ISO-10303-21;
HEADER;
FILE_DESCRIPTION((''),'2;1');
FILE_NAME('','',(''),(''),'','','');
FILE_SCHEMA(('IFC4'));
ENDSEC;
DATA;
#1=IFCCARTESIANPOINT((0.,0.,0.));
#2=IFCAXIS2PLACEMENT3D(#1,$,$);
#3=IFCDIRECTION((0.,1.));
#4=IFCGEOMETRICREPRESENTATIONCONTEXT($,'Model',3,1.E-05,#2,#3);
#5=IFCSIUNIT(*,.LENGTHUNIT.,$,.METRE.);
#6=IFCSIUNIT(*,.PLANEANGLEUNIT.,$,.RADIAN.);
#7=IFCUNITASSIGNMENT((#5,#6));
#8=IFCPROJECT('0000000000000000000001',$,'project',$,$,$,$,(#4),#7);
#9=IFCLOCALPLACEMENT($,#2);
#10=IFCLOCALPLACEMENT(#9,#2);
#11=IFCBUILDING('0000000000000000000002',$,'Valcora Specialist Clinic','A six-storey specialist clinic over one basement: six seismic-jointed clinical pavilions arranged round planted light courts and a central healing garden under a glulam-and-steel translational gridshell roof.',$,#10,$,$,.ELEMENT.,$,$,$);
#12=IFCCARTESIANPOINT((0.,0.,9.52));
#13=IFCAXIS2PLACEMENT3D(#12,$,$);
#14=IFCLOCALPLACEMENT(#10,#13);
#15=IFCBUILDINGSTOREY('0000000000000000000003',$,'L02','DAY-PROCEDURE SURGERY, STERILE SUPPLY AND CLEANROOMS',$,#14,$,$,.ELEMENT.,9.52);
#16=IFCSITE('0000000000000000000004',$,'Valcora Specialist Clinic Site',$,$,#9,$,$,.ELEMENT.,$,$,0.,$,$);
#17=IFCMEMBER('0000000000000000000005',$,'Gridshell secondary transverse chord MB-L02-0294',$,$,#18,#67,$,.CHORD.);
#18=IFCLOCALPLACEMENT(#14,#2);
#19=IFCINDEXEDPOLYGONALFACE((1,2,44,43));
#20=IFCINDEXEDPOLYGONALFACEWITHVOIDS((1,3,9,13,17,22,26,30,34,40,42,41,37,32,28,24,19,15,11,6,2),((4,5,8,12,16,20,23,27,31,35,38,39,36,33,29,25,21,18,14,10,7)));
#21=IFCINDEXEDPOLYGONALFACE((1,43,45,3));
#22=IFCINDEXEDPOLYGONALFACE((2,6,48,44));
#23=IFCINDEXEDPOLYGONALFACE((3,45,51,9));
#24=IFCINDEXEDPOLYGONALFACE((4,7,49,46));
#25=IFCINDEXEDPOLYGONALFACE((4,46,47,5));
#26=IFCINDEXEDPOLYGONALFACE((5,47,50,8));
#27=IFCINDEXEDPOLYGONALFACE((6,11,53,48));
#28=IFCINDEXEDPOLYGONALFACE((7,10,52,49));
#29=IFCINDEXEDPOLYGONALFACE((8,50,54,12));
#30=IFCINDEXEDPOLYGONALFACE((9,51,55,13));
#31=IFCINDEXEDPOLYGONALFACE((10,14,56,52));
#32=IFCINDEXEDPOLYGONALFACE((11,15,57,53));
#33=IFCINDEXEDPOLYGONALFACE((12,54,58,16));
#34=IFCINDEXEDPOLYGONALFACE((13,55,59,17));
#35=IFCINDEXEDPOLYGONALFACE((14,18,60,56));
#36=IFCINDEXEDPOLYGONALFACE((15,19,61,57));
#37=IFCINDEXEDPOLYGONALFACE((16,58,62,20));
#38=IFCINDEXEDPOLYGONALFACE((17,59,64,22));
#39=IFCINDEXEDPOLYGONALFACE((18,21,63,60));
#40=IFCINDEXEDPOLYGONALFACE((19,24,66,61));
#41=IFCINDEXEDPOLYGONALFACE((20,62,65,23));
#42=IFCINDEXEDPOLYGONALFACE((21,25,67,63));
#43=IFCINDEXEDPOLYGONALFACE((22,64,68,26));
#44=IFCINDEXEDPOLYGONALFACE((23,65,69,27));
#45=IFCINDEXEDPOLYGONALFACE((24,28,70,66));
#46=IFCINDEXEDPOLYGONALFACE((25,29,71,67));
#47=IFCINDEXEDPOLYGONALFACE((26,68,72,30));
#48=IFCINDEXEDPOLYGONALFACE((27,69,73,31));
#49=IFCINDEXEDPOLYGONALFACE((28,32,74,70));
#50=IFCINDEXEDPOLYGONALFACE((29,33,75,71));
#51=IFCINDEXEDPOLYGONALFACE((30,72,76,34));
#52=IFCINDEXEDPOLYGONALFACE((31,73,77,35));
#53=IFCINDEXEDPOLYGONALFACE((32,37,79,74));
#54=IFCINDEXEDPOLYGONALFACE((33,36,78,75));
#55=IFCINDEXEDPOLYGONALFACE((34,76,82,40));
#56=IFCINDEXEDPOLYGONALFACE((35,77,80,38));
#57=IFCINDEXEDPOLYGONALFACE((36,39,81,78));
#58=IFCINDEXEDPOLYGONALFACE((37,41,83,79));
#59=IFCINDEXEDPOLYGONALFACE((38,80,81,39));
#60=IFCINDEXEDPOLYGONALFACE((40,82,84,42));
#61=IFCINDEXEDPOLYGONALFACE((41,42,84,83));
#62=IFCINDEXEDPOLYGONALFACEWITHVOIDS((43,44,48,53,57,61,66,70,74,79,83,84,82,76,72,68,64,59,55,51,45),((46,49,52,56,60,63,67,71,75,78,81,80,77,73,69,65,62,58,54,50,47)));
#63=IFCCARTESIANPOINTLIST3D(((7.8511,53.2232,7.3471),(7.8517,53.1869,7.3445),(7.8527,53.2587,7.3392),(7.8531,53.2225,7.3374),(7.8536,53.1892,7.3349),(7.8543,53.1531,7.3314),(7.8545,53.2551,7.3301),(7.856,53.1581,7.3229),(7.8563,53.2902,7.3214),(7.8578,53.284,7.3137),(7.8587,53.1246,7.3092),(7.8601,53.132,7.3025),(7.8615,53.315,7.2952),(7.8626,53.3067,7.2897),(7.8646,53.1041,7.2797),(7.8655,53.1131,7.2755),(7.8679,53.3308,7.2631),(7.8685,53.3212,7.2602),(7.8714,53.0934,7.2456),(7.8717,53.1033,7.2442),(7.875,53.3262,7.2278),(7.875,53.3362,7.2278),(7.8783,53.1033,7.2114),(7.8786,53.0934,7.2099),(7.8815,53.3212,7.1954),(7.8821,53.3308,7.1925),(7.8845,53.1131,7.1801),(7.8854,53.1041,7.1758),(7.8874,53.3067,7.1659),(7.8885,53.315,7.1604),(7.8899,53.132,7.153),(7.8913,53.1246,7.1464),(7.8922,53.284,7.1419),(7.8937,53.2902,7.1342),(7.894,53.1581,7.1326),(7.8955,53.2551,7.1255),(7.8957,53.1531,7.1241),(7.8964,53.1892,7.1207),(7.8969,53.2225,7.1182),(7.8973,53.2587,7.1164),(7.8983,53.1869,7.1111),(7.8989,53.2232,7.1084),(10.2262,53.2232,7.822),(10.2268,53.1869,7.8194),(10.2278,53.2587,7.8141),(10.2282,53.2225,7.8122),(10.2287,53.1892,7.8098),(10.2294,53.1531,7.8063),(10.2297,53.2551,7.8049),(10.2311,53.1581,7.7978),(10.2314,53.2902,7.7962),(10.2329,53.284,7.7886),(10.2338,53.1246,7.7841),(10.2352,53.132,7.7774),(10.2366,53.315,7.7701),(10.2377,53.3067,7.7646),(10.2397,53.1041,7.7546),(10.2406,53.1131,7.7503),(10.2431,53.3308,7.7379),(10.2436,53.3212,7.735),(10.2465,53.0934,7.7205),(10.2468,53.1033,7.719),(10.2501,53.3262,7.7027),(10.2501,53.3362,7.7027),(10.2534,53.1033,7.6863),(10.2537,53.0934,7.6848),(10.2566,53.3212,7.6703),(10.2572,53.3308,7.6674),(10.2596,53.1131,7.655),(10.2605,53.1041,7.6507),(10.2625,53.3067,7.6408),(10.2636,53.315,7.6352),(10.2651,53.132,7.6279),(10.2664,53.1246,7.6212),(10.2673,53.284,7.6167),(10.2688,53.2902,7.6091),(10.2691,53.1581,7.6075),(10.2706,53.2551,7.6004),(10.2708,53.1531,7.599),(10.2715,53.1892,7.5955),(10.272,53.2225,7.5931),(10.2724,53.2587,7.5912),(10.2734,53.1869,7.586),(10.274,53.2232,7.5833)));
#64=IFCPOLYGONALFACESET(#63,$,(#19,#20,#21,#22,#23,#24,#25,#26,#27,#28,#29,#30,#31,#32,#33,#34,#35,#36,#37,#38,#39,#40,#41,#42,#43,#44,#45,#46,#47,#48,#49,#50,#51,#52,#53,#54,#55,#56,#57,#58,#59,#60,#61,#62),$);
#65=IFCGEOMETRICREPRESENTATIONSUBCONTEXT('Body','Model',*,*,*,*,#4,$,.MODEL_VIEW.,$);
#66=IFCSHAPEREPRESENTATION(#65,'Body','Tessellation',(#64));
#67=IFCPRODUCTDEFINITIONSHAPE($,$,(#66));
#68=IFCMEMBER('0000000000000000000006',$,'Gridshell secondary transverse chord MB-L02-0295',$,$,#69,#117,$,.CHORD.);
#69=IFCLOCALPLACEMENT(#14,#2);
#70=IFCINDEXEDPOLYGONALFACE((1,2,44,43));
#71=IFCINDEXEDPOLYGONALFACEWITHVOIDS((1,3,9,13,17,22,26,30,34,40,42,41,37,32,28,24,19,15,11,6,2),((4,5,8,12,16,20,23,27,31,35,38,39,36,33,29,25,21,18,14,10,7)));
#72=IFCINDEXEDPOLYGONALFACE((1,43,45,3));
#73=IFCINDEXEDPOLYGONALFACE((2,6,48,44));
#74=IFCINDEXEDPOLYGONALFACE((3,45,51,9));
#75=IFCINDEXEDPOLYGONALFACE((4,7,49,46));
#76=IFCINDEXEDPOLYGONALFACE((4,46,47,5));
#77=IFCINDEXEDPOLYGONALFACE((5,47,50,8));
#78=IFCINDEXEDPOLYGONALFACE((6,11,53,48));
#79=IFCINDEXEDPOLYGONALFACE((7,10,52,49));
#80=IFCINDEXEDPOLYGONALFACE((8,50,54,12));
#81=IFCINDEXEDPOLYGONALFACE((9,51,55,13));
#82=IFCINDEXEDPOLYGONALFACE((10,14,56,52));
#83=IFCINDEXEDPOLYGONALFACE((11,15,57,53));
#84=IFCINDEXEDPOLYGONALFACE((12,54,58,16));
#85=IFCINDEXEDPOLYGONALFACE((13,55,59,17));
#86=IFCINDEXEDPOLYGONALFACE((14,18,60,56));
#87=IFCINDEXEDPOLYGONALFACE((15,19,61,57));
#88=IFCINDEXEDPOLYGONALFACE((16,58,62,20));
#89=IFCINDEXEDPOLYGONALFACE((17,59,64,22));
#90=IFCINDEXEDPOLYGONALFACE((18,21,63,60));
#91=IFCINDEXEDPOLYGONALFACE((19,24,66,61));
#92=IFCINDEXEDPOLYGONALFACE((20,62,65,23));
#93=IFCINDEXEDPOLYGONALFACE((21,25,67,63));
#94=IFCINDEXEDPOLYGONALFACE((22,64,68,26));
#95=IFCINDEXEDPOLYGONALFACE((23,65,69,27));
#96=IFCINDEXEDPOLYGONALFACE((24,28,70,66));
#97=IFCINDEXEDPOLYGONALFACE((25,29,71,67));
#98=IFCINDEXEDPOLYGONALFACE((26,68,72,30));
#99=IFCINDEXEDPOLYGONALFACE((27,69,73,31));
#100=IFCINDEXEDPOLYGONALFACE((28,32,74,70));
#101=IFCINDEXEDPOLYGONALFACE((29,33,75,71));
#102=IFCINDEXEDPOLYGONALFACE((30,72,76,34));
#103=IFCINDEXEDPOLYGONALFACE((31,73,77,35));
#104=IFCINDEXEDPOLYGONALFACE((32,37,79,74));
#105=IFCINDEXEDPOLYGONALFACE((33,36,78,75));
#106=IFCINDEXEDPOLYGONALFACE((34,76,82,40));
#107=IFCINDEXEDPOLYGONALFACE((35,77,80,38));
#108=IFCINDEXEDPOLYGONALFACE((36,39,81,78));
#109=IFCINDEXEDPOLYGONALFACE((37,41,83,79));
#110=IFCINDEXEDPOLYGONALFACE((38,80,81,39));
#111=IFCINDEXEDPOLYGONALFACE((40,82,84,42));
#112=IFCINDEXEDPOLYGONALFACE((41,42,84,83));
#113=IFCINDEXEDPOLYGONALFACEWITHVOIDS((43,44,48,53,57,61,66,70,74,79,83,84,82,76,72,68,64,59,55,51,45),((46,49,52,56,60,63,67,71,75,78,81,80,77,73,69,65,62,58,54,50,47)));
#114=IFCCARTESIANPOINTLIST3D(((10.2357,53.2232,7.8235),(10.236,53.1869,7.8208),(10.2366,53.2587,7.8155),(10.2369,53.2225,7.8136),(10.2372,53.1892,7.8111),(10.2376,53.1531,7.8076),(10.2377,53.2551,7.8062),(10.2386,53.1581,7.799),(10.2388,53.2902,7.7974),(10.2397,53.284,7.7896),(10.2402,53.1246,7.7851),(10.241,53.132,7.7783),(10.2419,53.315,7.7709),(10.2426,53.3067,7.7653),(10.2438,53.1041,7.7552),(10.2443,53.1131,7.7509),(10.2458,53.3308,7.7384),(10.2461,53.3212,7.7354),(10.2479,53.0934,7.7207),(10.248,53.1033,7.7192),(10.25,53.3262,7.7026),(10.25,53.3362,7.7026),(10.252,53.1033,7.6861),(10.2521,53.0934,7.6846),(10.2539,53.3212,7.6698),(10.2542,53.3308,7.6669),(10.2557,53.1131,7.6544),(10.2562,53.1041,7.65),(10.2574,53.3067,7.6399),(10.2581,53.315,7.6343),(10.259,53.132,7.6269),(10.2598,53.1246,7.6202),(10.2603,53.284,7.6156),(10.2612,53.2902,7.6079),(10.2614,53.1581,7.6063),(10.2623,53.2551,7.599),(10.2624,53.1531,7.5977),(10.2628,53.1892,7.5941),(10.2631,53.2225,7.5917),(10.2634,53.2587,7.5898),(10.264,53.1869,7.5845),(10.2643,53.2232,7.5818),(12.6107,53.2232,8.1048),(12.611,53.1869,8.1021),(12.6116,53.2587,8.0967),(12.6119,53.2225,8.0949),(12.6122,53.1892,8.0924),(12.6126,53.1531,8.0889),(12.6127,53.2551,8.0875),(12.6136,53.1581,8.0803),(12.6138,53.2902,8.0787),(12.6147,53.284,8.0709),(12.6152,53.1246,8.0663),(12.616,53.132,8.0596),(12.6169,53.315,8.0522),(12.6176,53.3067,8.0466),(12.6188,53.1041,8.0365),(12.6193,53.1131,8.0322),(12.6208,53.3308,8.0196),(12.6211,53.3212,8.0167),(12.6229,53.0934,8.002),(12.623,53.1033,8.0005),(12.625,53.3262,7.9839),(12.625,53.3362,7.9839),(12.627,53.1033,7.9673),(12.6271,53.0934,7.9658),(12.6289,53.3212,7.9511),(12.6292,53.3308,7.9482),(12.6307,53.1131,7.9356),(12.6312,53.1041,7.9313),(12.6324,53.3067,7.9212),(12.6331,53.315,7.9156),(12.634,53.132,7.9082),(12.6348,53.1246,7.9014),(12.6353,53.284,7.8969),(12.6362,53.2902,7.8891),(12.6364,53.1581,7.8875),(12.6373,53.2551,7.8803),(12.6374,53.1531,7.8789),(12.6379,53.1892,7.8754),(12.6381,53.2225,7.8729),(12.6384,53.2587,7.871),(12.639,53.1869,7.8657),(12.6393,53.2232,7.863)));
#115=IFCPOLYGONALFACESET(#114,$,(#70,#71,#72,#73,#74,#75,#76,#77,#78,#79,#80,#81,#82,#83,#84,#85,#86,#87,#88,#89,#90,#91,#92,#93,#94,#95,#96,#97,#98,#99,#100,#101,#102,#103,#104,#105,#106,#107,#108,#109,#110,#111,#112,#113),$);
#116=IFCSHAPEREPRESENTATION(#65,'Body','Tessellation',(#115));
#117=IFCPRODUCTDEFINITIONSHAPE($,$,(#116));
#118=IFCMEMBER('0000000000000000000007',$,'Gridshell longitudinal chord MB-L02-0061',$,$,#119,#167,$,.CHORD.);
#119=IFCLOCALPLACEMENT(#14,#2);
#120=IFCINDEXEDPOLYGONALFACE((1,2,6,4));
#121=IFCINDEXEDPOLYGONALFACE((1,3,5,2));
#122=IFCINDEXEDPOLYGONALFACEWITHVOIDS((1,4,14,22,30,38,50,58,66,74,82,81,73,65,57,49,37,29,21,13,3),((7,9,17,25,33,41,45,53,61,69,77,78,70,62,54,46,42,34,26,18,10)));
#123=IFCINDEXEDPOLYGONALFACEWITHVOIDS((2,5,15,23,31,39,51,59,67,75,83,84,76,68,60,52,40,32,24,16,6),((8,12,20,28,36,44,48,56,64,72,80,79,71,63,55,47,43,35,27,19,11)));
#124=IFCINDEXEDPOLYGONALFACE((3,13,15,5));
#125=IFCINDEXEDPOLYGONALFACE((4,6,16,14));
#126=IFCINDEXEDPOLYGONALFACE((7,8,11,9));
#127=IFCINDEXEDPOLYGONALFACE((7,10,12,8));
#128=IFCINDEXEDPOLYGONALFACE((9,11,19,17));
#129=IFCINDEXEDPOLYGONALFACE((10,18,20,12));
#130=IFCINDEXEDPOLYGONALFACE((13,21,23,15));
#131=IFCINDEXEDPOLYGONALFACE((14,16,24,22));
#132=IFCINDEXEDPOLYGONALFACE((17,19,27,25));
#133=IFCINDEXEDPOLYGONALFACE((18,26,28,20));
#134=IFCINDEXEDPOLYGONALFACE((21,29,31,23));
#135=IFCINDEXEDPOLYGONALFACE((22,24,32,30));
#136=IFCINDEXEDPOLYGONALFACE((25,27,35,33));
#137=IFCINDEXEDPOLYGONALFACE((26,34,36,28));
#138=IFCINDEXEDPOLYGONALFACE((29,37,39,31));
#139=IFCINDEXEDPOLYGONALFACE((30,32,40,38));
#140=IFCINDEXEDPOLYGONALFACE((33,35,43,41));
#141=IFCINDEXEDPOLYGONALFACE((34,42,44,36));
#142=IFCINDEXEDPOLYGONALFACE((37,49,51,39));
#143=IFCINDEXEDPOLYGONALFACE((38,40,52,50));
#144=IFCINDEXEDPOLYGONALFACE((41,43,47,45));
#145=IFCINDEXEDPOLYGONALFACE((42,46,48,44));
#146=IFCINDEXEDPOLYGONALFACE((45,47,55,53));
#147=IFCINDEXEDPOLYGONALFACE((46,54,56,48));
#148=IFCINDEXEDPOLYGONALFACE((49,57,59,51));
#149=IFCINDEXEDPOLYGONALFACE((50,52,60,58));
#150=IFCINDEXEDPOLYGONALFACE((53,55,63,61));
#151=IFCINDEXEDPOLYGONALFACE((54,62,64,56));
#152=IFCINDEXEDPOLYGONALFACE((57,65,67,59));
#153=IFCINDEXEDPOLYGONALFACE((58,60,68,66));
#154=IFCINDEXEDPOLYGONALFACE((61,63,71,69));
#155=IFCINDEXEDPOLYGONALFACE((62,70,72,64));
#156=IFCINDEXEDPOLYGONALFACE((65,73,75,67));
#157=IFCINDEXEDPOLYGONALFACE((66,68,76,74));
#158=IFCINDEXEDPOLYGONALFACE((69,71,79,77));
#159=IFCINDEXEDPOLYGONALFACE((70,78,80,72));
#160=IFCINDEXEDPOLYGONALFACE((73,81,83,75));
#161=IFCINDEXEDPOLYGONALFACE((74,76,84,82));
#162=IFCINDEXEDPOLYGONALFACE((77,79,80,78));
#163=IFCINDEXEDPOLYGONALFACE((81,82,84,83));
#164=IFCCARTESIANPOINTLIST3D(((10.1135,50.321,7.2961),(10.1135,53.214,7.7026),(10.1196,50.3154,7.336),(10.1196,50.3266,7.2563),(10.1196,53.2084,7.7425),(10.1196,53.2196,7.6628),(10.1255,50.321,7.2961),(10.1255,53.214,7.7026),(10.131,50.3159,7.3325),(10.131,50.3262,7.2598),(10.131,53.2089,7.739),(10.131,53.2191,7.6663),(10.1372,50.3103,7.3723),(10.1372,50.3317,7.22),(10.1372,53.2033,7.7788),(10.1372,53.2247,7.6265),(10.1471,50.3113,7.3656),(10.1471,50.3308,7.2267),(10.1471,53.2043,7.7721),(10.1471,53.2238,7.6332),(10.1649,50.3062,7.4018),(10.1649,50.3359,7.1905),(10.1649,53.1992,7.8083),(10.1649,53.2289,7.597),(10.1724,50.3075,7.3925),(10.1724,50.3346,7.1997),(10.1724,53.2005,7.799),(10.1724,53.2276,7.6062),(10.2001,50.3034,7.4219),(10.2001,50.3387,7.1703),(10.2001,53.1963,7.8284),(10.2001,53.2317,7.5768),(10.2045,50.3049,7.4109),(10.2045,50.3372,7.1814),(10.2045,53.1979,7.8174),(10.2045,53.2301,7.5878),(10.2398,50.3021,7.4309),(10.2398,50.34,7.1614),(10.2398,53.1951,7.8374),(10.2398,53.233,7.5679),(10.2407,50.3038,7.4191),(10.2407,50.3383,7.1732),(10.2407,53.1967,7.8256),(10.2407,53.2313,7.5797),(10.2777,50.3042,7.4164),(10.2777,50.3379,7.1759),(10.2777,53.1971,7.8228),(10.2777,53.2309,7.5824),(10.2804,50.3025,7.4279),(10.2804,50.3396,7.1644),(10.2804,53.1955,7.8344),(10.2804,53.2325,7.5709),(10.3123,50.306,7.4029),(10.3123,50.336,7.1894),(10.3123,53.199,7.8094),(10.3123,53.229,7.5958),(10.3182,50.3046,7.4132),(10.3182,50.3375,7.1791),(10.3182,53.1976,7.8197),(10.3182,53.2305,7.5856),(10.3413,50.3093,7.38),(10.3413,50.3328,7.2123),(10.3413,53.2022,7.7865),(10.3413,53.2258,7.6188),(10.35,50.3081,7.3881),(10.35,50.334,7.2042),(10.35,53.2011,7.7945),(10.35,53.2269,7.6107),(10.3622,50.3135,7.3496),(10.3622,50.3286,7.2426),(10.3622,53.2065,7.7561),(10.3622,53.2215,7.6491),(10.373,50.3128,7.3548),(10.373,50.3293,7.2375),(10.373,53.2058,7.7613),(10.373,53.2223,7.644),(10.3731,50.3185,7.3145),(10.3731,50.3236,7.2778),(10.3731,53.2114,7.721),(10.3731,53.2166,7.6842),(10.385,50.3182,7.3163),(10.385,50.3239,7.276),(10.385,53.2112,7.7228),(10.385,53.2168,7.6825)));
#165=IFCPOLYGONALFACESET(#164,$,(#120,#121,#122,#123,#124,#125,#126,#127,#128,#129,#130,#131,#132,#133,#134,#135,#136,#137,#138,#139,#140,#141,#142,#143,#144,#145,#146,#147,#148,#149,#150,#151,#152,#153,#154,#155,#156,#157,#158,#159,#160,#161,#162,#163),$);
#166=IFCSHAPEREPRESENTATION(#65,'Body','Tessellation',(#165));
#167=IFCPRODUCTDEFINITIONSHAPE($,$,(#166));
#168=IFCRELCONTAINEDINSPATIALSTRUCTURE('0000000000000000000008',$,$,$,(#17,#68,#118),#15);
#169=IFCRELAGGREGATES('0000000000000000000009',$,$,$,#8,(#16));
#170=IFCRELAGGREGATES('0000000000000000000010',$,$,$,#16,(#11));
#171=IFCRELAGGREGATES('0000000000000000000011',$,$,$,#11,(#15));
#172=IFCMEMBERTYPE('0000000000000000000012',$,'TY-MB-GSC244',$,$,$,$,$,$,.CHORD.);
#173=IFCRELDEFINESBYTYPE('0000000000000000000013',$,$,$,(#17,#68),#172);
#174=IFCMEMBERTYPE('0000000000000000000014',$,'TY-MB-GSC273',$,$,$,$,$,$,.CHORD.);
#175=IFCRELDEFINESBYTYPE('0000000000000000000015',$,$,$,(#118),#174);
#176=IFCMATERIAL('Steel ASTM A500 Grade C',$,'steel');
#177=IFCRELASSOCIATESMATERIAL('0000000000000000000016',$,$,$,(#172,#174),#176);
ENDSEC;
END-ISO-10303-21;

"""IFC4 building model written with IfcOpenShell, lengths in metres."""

from ifc_helpers import new_model, si_unit, direction, frame, origin, origin_2d, place, context, subcontext, project, spatial, hollow_circle, extrude, material, material_profile, profile_set, type_object, element, save


model = new_model("IFC4")

# Units and contexts
model_context = context("Model", 3, precision=1e-05, world=origin(), true_north=direction((0.0, 1.0)))
body_context = subcontext(model_context, "Body", "Model", "MODEL_VIEW")
ifc_project = project(units=[si_unit("LENGTHUNIT", "METRE"), si_unit("PLANEANGLEUNIT", "RADIAN")], contexts=[model_context])

# Site, building, storey
site_placement = place(None, origin())
site = spatial("IfcSite", under=ifc_project, at=site_placement, Name="Valcora Specialist Clinic Site", CompositionType="ELEMENT", RefElevation=0.0)
building_placement = place(site_placement, origin())
building = spatial("IfcBuilding", under=site, at=building_placement, Name="Valcora Specialist Clinic", Description="A six-storey specialist clinic over one basement: six seismic-jointed clinical pavilions arranged round planted light courts and a central healing garden under a glulam-and-steel translational gridshell roof.", CompositionType="ELEMENT")
storey_placement = place(building_placement, frame((0.0, 0.0, 9.52)))
storey = spatial("IfcBuildingStorey", under=building, at=storey_placement, Name="L02", Description="DAY-PROCEDURE SURGERY, STERILE SUPPLY AND CLEANROOMS", CompositionType="ELEMENT", Elevation=9.52)

# Members
ifc_material_1 = material(Name="Steel ASTM A500 Grade C", Category="steel")
ifc_material_profile_1 = material_profile(ifc_material_1, hollow_circle(Radius=0.1221, WallThickness=0.01, at=origin_2d()), Name="ST-CHS-244X10")
ifc_profile_set_1 = profile_set([ifc_material_profile_1], Name="Steel ASTM A500 Grade C")
member_type_1 = type_object("IfcMemberType", Name="TY-MB-GSC244", PredefinedType="CHORD", material=ifc_profile_set_1)
member_1_placement = place(storey_placement, frame((7.875, 53.2141, 7.2278), z_axis=(0.980592, 0.0, 0.196058), x_axis=(0.0, 1.0, 0.0)))
element("IfcMember", 1, at=member_1_placement, inside=storey, type_object=member_type_1, Name="Gridshell secondary transverse chord MB-L02-0294", PredefinedType="CHORD", context=body_context, shape_type="SweptSolid", body=[
    extrude(hollow_circle(Radius=0.1221, WallThickness=0.01, at=origin_2d()), origin(), (0.0, 0.0, 1.0), 2.4221),
])
member_2_placement = place(storey_placement, frame((10.25, 53.2141, 7.7026), z_axis=(0.993061, 0.0, 0.117599), x_axis=(0.0, 1.0, 0.0)))
element("IfcMember", 2, at=member_2_placement, inside=storey, type_object=member_type_1, Name="Gridshell secondary transverse chord MB-L02-0295", PredefinedType="CHORD", context=body_context, shape_type="SweptSolid", body=[
    extrude(hollow_circle(Radius=0.1221, WallThickness=0.01, at=origin_2d()), origin(), (0.0, 0.0, 1.0), 2.3916),
])
ifc_material_profile_2 = material_profile(ifc_material_1, hollow_circle(Radius=0.1365, WallThickness=0.012, at=origin_2d()), Name="ST-CHS-273X12")
ifc_profile_set_2 = profile_set([ifc_material_profile_2], Name="Steel ASTM A500 Grade C")
member_type_2 = type_object("IfcMemberType", Name="TY-MB-GSC273", PredefinedType="CHORD", material=ifc_profile_set_2)
member_3_placement = place(storey_placement, frame((10.25, 50.321, 7.2961), z_axis=(0.0, 0.990273, 0.13914), x_axis=(-1.0, 0.0, 0.0)))
element("IfcMember", 3, at=member_3_placement, inside=storey, type_object=member_type_2, Name="Gridshell longitudinal chord MB-L02-0061", PredefinedType="CHORD", context=body_context, shape_type="SweptSolid", body=[
    extrude(hollow_circle(Radius=0.1365, WallThickness=0.012, at=origin_2d()), origin(), (0.0, 0.0, 1.0), 2.9214),
])

save(model, "model.ifc")
